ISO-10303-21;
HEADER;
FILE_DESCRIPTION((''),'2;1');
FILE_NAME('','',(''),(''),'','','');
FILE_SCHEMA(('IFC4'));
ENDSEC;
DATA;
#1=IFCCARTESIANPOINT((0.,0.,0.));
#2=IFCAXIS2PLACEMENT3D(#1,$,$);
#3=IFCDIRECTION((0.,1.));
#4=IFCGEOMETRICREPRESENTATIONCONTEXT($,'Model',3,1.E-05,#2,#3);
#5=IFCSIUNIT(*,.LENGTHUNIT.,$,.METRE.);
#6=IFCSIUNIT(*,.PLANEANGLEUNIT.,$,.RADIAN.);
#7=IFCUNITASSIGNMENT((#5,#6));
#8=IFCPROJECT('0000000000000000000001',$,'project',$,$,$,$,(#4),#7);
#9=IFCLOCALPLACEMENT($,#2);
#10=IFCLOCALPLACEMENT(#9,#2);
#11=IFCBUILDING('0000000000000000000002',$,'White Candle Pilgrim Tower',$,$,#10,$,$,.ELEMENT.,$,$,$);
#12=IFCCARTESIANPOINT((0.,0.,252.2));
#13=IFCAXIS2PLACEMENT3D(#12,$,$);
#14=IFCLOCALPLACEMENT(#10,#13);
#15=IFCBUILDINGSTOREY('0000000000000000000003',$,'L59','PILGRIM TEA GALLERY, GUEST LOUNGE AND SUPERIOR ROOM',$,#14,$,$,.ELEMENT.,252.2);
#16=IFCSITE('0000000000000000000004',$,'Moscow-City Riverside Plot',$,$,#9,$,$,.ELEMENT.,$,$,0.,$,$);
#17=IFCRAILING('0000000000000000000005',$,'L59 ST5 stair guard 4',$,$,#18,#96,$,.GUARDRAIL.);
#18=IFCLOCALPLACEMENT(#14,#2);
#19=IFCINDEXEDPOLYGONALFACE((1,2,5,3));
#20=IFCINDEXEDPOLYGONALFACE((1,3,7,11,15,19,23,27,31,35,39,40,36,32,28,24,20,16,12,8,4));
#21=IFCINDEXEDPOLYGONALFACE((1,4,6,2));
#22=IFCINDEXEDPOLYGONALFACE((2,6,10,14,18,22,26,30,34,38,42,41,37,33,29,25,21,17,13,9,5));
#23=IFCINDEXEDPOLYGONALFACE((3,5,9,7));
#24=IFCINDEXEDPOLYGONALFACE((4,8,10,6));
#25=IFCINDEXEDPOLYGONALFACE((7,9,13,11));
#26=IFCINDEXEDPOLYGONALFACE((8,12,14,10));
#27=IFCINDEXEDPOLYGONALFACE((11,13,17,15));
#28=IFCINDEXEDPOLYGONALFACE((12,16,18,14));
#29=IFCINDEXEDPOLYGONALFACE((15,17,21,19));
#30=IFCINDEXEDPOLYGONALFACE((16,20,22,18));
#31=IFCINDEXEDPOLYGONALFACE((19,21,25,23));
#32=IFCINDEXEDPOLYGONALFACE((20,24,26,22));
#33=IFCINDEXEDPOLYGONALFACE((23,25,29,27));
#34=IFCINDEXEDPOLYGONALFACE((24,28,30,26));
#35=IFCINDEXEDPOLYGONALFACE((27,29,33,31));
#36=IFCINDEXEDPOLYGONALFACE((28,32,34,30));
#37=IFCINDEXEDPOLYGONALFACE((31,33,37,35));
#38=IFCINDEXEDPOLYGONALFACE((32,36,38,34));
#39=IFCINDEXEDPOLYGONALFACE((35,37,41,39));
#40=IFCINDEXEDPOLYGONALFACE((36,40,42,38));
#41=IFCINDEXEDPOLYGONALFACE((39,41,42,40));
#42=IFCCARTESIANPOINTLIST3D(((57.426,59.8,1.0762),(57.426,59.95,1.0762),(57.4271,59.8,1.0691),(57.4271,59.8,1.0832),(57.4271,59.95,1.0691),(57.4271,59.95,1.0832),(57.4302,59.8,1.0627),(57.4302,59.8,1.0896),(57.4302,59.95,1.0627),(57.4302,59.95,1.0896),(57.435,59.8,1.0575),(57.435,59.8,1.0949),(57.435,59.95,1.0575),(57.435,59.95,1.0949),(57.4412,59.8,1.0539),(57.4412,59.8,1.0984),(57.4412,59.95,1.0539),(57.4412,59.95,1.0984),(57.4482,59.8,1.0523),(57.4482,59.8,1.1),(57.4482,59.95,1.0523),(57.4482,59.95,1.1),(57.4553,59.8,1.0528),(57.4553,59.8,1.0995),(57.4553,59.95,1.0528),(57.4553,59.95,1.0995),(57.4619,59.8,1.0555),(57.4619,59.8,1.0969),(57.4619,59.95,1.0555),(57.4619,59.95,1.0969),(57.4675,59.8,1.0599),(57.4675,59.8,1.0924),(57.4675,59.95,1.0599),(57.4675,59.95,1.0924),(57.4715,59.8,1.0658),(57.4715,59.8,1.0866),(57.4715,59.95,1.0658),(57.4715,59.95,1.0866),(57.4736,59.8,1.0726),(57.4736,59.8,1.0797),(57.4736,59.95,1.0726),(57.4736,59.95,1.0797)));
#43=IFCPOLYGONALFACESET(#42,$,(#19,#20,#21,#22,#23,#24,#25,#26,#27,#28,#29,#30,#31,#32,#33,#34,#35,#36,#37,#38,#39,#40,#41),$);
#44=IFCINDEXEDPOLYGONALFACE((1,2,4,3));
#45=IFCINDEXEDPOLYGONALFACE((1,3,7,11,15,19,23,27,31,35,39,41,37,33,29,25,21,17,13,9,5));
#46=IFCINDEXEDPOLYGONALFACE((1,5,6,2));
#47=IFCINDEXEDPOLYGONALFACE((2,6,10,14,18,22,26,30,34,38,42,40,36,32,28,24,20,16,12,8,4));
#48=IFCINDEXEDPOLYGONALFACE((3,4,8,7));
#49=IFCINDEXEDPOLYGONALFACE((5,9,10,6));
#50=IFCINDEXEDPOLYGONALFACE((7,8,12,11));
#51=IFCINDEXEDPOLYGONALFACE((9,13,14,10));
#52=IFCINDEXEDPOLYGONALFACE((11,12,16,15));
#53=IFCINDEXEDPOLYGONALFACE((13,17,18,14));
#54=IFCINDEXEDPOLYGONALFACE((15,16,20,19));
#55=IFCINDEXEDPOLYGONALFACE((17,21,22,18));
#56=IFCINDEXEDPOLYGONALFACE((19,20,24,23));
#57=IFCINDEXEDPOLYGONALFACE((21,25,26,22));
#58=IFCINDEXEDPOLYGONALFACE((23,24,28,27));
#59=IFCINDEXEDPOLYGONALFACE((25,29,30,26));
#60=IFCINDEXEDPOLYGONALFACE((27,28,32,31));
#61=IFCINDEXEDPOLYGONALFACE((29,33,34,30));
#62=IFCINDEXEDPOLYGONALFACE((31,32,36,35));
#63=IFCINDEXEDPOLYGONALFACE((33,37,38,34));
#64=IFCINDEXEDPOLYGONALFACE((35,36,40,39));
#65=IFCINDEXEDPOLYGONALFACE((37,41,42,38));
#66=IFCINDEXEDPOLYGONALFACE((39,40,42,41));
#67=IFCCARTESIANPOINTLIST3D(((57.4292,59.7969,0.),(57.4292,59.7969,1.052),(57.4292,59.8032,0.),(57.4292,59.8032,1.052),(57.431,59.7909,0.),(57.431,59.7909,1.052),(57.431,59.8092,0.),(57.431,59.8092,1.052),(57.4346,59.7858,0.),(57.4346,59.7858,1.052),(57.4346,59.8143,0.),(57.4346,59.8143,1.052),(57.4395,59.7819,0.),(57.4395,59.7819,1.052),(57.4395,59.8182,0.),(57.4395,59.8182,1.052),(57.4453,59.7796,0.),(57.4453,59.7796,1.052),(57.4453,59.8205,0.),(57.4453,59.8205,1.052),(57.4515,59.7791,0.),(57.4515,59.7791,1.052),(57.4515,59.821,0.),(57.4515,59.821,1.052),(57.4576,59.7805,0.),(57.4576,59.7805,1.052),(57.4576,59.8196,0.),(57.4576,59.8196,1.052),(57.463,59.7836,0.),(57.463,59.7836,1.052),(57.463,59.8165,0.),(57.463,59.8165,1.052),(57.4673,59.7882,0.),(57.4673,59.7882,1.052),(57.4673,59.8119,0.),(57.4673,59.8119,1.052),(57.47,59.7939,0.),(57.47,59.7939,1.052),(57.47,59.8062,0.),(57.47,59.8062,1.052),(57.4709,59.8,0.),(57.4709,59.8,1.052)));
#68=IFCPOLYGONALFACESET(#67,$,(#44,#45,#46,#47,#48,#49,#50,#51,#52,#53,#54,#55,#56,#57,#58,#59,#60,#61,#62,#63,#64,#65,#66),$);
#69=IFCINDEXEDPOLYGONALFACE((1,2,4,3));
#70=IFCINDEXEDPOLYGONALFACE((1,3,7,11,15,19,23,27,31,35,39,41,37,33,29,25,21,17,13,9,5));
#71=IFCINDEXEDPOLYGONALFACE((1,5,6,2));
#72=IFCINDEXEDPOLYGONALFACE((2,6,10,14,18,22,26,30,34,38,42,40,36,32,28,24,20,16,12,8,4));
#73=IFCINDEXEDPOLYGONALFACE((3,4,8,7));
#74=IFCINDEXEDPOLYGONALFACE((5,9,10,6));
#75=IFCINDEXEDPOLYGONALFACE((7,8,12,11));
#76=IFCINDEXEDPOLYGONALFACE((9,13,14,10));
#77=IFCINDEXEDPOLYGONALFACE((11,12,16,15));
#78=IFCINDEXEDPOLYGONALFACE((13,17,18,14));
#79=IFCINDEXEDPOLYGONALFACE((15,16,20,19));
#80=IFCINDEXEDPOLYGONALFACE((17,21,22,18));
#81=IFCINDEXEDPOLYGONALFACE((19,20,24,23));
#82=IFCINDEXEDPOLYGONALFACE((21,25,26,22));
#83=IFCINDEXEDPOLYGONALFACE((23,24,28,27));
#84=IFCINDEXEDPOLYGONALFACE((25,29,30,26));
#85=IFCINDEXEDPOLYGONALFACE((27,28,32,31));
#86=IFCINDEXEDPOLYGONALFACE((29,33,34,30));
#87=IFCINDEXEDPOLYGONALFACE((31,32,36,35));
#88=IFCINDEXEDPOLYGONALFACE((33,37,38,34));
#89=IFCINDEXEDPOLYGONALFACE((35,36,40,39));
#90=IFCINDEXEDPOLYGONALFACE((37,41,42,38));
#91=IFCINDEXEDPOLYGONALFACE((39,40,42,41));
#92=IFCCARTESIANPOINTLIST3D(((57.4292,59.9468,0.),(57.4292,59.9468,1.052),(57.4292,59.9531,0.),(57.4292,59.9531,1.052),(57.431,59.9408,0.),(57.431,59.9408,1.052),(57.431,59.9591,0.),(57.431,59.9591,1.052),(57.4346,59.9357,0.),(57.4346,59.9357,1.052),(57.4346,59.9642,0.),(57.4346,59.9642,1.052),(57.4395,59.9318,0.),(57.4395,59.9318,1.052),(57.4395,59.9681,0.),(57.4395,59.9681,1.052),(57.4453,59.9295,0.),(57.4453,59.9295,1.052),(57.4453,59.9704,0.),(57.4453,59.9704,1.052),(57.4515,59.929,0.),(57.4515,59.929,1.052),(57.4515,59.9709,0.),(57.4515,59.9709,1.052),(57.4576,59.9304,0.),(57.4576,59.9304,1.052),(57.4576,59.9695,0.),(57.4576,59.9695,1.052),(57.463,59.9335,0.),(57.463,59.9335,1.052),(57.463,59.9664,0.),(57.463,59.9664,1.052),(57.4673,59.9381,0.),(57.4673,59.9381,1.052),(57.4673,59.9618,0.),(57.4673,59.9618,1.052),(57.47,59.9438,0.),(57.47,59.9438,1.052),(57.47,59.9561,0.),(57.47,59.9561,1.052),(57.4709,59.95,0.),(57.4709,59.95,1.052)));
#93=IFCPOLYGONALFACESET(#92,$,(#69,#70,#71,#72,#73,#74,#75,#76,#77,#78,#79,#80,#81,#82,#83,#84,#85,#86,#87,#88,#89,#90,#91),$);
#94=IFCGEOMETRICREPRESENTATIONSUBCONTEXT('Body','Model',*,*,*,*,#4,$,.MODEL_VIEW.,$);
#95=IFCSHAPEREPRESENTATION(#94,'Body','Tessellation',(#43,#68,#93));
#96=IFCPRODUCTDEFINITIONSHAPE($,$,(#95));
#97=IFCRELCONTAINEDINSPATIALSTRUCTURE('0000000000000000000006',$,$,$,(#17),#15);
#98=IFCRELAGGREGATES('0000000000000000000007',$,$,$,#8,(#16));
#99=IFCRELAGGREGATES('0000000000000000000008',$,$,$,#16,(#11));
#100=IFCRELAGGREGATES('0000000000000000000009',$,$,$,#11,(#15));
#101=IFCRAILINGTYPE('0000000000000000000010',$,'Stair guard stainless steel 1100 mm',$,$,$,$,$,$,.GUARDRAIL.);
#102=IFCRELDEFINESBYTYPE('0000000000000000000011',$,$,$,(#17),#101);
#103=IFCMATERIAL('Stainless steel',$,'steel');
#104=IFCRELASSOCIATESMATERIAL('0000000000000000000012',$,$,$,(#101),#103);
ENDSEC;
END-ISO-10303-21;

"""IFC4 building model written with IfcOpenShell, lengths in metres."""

from ifc_helpers import new_model, si_unit, direction, frame, origin, origin_2d, place, context, subcontext, project, spatial, circle, extrude, material, type_object, element, save


model = new_model("IFC4")

# Units and contexts
model_context = context("Model", 3, precision=1e-05, world=origin(), true_north=direction((0.0, 1.0)))
body_context = subcontext(model_context, "Body", "Model", "MODEL_VIEW")
ifc_project = project(units=[si_unit("LENGTHUNIT", "METRE"), si_unit("PLANEANGLEUNIT", "RADIAN")], contexts=[model_context])

# Site, building, storey
site_placement = place(None, origin())
site = spatial("IfcSite", under=ifc_project, at=site_placement, Name="Moscow-City Riverside Plot", CompositionType="ELEMENT", RefElevation=0.0)
building_placement = place(site_placement, origin())
building = spatial("IfcBuilding", under=site, at=building_placement, Name="White Candle Pilgrim Tower", CompositionType="ELEMENT")
storey_placement = place(building_placement, frame((0.0, 0.0, 252.2)))
storey = spatial("IfcBuildingStorey", under=building, at=storey_placement, Name="L59", Description="PILGRIM TEA GALLERY, GUEST LOUNGE AND SUPERIOR ROOM", CompositionType="ELEMENT", Elevation=252.2)

# Railing
ifc_material_1 = material(Name="Stainless steel", Category="steel")
railing_type_1 = type_object("IfcRailingType", Name="Stair guard stainless steel 1100 mm", PredefinedType="GUARDRAIL", material=ifc_material_1)
railing_1_placement = place(storey_placement, frame((57.45, 59.8, 0.0)))
element("IfcRailing", 1, at=railing_1_placement, inside=storey, type_object=railing_type_1, Name="L59 ST5 stair guard 4", PredefinedType="GUARDRAIL", context=body_context, shape_type="SweptSolid", body=[
    extrude(circle(Radius=0.0239, at=origin_2d()), frame((0.0, 0.0, 1.0762), z_axis=(0.0, 1.0, 0.0), x_axis=(-1.0, 0.0, 0.0)), (0.0, 0.0, 1.0), 0.1499),
    extrude(circle(Radius=0.021, at=origin_2d()), origin(), (0.0, 0.0, 1.0), 1.052),
    extrude(circle(Radius=0.021, at=origin_2d()), frame((0.0, 0.1499, 0.0)), (0.0, 0.0, 1.0), 1.052),
])

save(model, "model.ifc")
